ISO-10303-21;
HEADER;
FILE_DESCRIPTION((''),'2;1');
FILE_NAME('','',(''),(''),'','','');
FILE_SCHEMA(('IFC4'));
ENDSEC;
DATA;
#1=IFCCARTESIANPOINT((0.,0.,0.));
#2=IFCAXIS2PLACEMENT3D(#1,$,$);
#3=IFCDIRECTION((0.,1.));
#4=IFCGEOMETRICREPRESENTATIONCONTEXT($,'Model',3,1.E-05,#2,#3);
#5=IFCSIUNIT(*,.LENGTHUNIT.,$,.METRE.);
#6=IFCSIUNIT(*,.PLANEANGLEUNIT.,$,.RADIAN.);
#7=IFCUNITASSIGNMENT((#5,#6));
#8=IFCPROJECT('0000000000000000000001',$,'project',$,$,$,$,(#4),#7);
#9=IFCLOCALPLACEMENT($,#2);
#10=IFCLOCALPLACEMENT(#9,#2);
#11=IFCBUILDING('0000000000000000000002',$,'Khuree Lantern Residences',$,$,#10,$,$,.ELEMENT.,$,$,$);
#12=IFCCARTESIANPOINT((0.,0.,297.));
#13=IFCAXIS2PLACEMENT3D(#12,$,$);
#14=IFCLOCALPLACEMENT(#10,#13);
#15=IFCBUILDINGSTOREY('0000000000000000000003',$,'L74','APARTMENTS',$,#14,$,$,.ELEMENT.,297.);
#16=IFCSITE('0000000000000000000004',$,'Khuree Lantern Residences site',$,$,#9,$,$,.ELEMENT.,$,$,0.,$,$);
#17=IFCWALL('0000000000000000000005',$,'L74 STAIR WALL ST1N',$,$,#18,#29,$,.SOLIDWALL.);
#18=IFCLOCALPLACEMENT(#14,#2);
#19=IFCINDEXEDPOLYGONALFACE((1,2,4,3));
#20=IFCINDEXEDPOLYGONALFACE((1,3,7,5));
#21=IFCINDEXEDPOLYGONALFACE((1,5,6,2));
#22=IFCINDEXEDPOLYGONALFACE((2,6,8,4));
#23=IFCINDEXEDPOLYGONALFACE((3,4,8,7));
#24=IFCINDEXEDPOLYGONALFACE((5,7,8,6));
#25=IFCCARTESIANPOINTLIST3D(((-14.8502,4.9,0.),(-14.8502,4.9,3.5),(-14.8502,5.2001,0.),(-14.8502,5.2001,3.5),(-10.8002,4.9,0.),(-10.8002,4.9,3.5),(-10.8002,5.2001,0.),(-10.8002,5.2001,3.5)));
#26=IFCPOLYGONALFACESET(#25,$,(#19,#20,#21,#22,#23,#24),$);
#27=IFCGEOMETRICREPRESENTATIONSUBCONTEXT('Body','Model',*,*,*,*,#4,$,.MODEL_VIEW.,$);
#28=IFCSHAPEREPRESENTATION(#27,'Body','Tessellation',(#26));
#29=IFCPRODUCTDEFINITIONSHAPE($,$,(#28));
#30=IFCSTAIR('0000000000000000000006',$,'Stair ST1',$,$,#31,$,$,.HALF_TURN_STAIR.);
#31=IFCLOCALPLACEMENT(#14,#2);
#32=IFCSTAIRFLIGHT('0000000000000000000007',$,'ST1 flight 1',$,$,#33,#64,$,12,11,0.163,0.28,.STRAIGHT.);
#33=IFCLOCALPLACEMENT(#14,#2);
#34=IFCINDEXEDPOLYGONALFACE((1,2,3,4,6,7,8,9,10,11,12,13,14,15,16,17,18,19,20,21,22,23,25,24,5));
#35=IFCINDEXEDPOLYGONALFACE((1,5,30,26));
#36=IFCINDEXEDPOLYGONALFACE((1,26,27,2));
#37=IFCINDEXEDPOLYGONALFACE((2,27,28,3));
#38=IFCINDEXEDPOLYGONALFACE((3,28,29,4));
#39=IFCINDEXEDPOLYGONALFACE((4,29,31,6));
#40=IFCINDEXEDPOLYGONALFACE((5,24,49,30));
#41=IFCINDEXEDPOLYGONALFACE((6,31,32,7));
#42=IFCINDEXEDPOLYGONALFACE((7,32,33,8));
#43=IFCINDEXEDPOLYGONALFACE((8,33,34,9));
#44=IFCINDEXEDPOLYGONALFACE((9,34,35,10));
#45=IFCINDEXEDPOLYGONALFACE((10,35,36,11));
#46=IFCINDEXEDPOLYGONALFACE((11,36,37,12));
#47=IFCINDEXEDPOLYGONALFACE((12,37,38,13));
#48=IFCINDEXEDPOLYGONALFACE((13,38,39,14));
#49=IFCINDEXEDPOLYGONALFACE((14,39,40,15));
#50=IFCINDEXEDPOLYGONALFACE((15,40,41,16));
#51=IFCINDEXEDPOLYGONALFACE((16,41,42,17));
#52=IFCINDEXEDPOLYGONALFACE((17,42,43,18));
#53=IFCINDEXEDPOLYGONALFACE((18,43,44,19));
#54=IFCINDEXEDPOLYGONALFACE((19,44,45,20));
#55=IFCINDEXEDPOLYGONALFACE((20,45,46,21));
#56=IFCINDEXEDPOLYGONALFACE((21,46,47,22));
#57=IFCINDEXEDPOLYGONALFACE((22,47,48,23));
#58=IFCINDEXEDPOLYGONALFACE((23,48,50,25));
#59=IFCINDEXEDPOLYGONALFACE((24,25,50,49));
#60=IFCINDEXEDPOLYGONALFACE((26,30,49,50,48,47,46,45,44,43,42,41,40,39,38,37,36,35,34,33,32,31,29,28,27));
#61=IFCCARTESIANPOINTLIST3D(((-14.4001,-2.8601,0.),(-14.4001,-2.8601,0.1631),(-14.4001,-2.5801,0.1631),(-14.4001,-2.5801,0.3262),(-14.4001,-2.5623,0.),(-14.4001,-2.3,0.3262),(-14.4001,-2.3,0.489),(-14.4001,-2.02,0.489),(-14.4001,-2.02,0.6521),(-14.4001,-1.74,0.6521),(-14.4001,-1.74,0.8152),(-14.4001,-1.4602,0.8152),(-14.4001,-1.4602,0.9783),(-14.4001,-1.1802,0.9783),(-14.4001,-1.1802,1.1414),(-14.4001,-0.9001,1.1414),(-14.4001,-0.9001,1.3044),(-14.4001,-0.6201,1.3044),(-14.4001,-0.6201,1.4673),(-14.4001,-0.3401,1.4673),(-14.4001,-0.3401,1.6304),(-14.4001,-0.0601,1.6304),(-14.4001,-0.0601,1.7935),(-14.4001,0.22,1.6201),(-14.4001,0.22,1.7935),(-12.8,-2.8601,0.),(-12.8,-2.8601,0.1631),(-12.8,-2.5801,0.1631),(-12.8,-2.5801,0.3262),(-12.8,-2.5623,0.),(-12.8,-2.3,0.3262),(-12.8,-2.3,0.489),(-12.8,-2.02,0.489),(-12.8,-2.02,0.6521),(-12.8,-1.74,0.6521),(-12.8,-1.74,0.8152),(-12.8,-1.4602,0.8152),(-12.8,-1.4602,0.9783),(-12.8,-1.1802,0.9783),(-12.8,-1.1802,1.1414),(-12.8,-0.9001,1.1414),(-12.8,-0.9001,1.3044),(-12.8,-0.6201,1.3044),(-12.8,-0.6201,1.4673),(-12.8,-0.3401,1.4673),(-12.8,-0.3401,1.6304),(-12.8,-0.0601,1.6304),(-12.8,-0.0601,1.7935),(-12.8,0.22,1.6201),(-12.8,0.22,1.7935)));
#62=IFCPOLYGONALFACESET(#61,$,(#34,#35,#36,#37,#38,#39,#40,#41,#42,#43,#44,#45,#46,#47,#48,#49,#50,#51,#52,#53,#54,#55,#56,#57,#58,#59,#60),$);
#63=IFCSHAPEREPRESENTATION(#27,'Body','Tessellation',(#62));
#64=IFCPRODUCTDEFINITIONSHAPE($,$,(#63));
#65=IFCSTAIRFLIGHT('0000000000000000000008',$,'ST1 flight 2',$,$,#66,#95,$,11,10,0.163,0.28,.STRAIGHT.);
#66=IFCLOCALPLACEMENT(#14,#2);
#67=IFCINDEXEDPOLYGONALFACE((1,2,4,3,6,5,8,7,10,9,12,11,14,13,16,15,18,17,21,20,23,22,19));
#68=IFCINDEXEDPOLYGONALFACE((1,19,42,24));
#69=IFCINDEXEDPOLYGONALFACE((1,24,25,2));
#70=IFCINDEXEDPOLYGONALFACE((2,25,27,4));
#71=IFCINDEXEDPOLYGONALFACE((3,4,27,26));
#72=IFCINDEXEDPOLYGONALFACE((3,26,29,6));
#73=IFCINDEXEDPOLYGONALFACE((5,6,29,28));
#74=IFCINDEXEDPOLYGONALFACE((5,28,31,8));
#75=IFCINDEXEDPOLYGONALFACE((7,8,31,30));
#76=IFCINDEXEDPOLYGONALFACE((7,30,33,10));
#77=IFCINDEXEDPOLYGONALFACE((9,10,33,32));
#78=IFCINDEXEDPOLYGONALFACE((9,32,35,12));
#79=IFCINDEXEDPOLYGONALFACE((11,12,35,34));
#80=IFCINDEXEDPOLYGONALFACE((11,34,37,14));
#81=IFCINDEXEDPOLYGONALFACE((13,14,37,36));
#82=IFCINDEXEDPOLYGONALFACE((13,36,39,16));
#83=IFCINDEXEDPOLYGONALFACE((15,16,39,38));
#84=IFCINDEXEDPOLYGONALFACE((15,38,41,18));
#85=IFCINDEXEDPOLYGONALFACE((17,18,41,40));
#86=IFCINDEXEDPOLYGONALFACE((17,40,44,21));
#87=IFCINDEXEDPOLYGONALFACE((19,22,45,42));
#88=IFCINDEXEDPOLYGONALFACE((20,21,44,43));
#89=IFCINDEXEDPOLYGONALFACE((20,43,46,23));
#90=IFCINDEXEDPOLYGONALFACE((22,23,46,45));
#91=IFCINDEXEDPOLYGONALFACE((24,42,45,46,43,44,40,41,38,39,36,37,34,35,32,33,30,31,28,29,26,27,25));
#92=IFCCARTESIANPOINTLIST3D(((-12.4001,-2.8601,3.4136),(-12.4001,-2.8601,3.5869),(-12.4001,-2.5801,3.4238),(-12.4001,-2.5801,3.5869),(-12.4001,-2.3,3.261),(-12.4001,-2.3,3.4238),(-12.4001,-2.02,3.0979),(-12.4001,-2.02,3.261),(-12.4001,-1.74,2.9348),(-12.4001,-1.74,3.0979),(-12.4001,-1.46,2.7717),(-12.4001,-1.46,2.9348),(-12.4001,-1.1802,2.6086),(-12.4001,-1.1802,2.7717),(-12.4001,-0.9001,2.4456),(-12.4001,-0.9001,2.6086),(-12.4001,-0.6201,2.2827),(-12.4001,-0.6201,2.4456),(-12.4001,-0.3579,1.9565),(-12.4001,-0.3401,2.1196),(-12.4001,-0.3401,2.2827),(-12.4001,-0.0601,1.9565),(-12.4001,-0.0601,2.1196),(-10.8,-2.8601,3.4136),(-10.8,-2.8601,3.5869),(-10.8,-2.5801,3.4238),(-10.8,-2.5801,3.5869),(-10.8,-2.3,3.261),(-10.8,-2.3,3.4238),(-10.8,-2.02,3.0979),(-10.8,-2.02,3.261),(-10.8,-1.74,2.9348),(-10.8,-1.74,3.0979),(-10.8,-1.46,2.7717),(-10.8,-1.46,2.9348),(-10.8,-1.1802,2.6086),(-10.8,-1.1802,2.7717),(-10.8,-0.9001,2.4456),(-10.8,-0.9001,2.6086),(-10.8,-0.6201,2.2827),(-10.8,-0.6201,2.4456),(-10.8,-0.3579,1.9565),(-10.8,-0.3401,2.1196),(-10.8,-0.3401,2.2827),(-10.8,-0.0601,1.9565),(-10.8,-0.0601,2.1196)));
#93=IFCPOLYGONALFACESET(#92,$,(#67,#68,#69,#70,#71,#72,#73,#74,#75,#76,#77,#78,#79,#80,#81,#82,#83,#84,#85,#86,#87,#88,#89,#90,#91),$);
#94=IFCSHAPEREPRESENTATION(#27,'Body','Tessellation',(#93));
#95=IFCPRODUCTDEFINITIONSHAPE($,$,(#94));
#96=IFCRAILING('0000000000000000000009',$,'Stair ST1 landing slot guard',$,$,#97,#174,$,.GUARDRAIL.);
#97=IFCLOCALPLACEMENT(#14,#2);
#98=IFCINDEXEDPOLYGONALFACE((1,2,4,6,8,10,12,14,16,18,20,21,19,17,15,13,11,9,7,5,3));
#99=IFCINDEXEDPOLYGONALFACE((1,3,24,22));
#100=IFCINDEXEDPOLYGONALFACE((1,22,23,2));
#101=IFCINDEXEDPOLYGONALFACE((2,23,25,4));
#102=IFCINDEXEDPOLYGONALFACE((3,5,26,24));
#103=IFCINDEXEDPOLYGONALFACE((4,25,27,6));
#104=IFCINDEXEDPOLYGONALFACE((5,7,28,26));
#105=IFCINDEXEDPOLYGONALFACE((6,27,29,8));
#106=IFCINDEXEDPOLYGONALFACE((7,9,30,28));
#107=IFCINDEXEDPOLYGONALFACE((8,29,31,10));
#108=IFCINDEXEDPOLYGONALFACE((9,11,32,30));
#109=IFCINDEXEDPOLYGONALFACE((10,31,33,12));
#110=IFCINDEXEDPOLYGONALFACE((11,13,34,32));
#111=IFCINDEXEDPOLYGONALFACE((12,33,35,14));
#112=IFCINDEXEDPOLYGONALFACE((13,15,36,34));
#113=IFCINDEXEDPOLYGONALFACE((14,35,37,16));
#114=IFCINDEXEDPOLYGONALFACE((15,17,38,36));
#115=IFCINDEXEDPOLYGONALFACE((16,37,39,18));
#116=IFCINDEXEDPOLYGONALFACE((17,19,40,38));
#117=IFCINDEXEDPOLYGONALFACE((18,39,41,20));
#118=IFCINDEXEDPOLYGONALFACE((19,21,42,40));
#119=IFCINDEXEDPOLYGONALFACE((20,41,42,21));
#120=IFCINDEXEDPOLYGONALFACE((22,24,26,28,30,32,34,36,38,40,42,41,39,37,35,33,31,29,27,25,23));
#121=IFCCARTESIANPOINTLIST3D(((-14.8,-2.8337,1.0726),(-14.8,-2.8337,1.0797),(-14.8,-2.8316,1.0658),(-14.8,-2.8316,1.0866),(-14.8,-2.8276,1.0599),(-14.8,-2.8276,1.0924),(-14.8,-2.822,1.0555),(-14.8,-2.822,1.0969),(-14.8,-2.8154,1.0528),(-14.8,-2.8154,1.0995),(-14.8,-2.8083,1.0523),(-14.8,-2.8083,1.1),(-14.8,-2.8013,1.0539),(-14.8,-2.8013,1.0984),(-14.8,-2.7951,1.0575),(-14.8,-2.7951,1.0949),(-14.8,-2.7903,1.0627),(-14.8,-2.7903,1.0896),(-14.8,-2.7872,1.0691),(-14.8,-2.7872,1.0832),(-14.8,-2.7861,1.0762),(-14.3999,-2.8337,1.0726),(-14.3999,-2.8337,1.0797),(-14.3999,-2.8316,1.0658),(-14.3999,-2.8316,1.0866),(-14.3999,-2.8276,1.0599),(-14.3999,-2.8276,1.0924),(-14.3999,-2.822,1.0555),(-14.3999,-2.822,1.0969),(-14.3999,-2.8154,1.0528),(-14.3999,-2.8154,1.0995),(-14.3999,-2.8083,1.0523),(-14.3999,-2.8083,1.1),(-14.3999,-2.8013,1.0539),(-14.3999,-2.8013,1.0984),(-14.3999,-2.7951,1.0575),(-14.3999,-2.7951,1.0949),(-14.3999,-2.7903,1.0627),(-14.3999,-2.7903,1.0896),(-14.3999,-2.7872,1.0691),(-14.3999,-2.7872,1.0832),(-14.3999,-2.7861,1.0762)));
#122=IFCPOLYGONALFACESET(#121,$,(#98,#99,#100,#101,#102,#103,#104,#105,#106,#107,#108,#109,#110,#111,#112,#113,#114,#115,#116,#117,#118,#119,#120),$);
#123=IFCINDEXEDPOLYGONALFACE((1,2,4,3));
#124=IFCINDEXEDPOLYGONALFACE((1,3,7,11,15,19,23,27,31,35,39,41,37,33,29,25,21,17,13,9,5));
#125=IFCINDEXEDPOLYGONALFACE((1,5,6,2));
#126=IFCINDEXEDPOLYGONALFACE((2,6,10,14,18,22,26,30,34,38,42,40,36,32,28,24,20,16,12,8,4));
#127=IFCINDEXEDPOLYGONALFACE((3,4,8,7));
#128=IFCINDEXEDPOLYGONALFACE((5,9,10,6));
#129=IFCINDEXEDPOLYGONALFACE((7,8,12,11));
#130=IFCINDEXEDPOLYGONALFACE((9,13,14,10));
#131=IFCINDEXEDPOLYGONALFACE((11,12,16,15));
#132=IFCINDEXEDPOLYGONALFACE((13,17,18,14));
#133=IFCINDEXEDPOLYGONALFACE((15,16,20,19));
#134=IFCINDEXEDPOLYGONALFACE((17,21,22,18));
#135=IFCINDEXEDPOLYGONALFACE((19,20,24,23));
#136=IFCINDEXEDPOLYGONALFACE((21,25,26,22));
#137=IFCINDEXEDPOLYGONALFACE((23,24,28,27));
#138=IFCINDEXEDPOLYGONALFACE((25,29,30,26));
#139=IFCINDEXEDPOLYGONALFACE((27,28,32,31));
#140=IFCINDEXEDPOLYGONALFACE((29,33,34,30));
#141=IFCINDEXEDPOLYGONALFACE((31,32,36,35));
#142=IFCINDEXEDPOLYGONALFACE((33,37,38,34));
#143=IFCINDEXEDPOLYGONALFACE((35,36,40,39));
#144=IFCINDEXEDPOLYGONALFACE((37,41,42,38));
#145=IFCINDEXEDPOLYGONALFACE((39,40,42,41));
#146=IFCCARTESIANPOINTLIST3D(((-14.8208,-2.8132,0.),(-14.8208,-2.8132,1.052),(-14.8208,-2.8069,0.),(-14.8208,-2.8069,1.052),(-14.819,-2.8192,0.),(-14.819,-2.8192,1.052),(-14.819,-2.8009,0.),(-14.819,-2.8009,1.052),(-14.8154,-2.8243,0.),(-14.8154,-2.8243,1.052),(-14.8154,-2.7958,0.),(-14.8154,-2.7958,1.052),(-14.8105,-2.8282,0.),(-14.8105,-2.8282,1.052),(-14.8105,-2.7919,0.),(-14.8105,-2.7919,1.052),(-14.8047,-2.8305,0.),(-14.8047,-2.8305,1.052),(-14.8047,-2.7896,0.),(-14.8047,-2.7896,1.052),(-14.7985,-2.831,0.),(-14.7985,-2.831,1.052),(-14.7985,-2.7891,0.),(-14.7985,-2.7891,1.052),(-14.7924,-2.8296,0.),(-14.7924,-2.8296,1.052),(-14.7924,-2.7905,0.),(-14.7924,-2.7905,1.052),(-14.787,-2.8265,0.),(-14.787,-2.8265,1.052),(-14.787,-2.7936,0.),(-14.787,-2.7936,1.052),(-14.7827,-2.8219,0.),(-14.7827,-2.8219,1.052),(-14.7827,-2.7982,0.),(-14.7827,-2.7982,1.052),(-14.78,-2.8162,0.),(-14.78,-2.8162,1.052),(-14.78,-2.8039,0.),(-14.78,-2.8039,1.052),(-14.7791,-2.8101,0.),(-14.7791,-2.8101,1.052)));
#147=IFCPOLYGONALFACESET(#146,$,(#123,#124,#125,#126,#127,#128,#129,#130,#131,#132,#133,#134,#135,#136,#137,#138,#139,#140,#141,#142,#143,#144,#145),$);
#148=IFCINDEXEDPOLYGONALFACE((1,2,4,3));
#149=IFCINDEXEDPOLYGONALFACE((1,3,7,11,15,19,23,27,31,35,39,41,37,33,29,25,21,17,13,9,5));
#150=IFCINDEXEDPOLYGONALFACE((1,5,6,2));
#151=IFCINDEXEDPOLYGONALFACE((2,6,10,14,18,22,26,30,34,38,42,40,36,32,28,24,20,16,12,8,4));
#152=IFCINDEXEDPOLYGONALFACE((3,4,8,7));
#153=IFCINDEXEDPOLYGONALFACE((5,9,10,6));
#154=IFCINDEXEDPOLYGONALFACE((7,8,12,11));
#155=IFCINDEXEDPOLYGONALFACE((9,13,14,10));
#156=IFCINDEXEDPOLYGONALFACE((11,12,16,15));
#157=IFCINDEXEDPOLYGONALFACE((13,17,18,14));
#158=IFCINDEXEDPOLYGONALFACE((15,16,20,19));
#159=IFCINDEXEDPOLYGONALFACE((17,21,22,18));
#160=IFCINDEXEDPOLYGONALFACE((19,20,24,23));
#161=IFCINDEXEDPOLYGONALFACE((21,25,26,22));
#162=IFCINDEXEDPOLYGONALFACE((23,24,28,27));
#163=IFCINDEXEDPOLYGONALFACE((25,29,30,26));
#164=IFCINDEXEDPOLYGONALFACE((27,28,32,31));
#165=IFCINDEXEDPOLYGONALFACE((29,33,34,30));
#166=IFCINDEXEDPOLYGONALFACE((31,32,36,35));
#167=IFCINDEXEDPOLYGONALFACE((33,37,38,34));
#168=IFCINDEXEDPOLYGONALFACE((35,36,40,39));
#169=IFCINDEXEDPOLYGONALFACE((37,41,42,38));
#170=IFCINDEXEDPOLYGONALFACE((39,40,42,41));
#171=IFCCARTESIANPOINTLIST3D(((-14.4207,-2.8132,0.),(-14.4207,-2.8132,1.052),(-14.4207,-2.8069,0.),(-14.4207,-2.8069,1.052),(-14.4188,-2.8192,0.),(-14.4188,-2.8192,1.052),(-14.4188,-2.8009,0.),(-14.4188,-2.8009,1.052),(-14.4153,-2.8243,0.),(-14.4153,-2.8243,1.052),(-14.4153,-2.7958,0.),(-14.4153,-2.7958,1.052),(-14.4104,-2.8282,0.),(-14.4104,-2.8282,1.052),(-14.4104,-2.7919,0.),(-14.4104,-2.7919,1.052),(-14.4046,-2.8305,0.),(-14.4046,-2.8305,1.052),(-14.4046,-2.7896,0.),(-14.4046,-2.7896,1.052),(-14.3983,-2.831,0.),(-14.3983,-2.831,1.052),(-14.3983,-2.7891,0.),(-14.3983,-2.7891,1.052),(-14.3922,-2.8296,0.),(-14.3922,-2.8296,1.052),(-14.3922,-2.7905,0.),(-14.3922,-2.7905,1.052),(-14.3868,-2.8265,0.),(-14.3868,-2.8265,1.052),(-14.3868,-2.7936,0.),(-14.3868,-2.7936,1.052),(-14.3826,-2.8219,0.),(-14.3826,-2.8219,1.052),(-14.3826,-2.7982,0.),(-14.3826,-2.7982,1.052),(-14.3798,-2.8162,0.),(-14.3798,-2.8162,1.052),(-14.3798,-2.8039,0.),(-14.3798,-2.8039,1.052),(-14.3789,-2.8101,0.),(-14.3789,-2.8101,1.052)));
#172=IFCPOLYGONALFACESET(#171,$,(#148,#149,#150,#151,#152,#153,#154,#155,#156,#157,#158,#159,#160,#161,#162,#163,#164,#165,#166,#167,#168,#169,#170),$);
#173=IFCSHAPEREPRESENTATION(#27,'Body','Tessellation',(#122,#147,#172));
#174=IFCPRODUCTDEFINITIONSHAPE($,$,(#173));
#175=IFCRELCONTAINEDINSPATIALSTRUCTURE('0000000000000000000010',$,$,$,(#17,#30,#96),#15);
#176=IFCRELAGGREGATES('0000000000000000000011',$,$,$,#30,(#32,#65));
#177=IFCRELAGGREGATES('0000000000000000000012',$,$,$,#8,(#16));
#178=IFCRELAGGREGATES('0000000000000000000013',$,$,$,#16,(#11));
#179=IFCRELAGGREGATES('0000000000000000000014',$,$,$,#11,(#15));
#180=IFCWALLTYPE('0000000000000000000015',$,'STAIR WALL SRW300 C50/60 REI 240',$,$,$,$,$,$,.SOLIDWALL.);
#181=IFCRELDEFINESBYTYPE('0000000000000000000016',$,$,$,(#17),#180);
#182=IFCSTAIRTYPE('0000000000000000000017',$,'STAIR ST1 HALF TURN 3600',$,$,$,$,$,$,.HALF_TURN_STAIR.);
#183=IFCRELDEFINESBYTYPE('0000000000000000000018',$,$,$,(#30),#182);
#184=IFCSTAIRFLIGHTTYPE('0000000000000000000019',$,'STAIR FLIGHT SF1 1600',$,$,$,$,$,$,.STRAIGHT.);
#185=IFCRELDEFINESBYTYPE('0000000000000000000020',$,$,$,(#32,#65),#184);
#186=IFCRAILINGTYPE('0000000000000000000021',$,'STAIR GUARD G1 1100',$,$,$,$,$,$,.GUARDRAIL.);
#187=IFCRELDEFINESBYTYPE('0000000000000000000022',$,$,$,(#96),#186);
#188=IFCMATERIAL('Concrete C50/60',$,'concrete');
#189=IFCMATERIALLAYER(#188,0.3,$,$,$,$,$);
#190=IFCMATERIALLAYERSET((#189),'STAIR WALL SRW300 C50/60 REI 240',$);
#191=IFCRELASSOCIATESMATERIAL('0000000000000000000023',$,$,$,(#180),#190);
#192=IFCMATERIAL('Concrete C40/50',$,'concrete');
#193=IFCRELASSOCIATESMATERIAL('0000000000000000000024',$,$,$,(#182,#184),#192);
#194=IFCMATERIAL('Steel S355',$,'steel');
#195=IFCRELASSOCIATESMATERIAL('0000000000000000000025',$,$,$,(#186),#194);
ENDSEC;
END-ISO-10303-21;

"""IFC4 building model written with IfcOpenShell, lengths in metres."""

from ifc_helpers import new_model, si_unit, direction, frame, frame_2d, origin, origin_2d, place, context, subcontext, project, spatial, polyline, rectangle, circle, outline, extrude, material, layer, layer_set, type_object, element, aggregate, save


model = new_model("IFC4")

# Units and contexts
model_context = context("Model", 3, precision=1e-05, world=origin(), true_north=direction((0.0, 1.0)))
body_context = subcontext(model_context, "Body", "Model", "MODEL_VIEW")
ifc_project = project(units=[si_unit("LENGTHUNIT", "METRE"), si_unit("PLANEANGLEUNIT", "RADIAN")], contexts=[model_context])

# Site, building, storey
site_placement = place(None, origin())
site = spatial("IfcSite", under=ifc_project, at=site_placement, Name="Khuree Lantern Residences site", CompositionType="ELEMENT", RefElevation=0.0)
building_placement = place(site_placement, origin())
building = spatial("IfcBuilding", under=site, at=building_placement, Name="Khuree Lantern Residences", CompositionType="ELEMENT")
storey_placement = place(building_placement, frame((0.0, 0.0, 297.0)))
storey = spatial("IfcBuildingStorey", under=building, at=storey_placement, Name="L74", Description="APARTMENTS", CompositionType="ELEMENT", Elevation=297.0)

# Shared definitions
ifc_material_1 = material(Name="Concrete C50/60", Category="concrete")

# Shared definitions
ifc_material_2 = material(Name="Steel S355", Category="steel")

# Wall
ifc_layer_1 = layer(ifc_material_1, 0.3)
ifc_layer_set_1 = layer_set([ifc_layer_1], Name="STAIR WALL SRW300 C50/60 REI 240")
wall_type_1 = type_object("IfcWallType", Name="STAIR WALL SRW300 C50/60 REI 240", PredefinedType="SOLIDWALL", material=ifc_layer_set_1)
wall_1_placement = place(storey_placement, frame((-14.8501, 5.05, 0.0), z_axis=(0.0, 0.0, 1.0), x_axis=(1.0, 0.0, 0.0)))
element("IfcWall", 1, at=wall_1_placement, inside=storey, type_object=wall_type_1, Name="L74 STAIR WALL ST1N", PredefinedType="SOLIDWALL", context=body_context, shape_type="SweptSolid", body=[
    extrude(rectangle(XDim=4.05, YDim=0.3, at=frame_2d((2.0249, 0.0))), origin(), (0.0, 0.0, 1.0), 3.5),
])

# Stair, stair flights
ifc_material_3 = material(Name="Concrete C40/50", Category="concrete")
stair_type = type_object("IfcStairType", Name="STAIR ST1 HALF TURN 3600", PredefinedType="HALF_TURN_STAIR", material=ifc_material_3)
stair_placement = place(storey_placement, origin())
stair = element("IfcStair", 2, at=stair_placement, inside=storey, type_object=stair_type, Name="Stair ST1", PredefinedType="HALF_TURN_STAIR")
stair_flight_type = type_object("IfcStairFlightType", Name="STAIR FLIGHT SF1 1600", PredefinedType="STRAIGHT", material=ifc_material_3)
stair_flight_1_placement = place(storey_placement, frame((-13.6001, -2.8601, 0.0), z_axis=(0.0, 0.0, 1.0), x_axis=(0.0, 1.0, 0.0)))
stair_flight_1 = element("IfcStairFlight", 3, at=stair_flight_1_placement, type_object=stair_flight_type, Name="ST1 flight 1", NumberOfRisers=12, NumberOfTreads=11, PredefinedType="STRAIGHT", RiserHeight=0.163, TreadLength=0.28, context=body_context, shape_type="SweptSolid", body=[
    extrude(outline(polyline([(0.0, 0.0), (0.0, 0.1631), (0.28, 0.1631), (0.28, 0.3262), (0.5601, 0.3262), (0.5601, 0.489), (0.8401, 0.489), (0.8401, 0.6521), (1.1201, 0.6521), (1.1201, 0.8152), (1.3999, 0.8152), (1.3999, 0.9783), (1.6799, 0.9783), (1.6799, 1.1414), (1.96, 1.1414), (1.96, 1.3044), (2.24, 1.3044), (2.24, 1.4673), (2.52, 1.4673), (2.52, 1.6304), (2.8, 1.6304), (2.8, 1.7935), (3.0801, 1.7935), (3.0801, 1.9565), (3.0801, 1.6201), (0.2979, 0.0), (0.0, 0.0)])), frame((0.0, 0.8, 0.0), z_axis=(0.0, -1.0, 0.0), x_axis=(1.0, 0.0, 0.0)), (0.0, 0.0, 1.0), 1.6001),
])
stair_flight_2_placement = place(storey_placement, frame((-11.6001, -0.0601, 1.9565), z_axis=(0.0, 0.0, 1.0), x_axis=(0.0, -1.0, 0.0)))
stair_flight_2 = element("IfcStairFlight", 4, at=stair_flight_2_placement, type_object=stair_flight_type, Name="ST1 flight 2", NumberOfRisers=11, NumberOfTreads=10, PredefinedType="STRAIGHT", RiserHeight=0.163, TreadLength=0.28, context=body_context, shape_type="SweptSolid", body=[
    extrude(outline(polyline([(0.0, 0.0), (0.0, 0.1631), (0.28, 0.1631), (0.28, 0.3262), (0.5601, 0.3262), (0.5601, 0.489), (0.8401, 0.489), (0.8401, 0.6521), (1.1201, 0.6521), (1.1201, 0.8152), (1.3999, 0.8152), (1.3999, 0.9783), (1.6799, 0.9783), (1.6799, 1.1414), (1.96, 1.1414), (1.96, 1.3044), (2.24, 1.3044), (2.24, 1.4673), (2.52, 1.4673), (2.52, 1.6304), (2.8, 1.6304), (2.8, 1.7935), (2.8, 1.457), (0.2979, 0.0), (0.0, 0.0)])), frame((0.0, 0.8, 0.0), z_axis=(0.0, -1.0, 0.0), x_axis=(1.0, 0.0, 0.0)), (0.0, 0.0, 1.0), 1.6001),
])
aggregate(stair, [stair_flight_1, stair_flight_2])

# Railing
railing_type = type_object("IfcRailingType", Name="STAIR GUARD G1 1100", PredefinedType="GUARDRAIL", material=ifc_material_2)
for number, where, name in (
    (5, (-14.8, -2.8101, 0.0), "Stair ST1 landing slot guard"),
):
    element("IfcRailing", number, at=place(storey_placement, frame(where)), inside=storey, type_object=railing_type, Name=name, PredefinedType="GUARDRAIL", context=body_context, shape_type="SweptSolid", body=[
        extrude(circle(Radius=0.0239, at=origin_2d()), frame((0.0, 0.0, 1.0762), z_axis=(1.0, 0.0, 0.0), x_axis=(0.0, 1.0, 0.0)), (0.0, 0.0, 1.0), 0.4001),
        extrude(circle(Radius=0.021, at=origin_2d()), origin(), (0.0, 0.0, 1.0), 1.052),
        extrude(circle(Radius=0.021, at=origin_2d()), frame((0.4001, 0.0, 0.0)), (0.0, 0.0, 1.0), 1.052),
    ])

save(model, "model.ifc")
